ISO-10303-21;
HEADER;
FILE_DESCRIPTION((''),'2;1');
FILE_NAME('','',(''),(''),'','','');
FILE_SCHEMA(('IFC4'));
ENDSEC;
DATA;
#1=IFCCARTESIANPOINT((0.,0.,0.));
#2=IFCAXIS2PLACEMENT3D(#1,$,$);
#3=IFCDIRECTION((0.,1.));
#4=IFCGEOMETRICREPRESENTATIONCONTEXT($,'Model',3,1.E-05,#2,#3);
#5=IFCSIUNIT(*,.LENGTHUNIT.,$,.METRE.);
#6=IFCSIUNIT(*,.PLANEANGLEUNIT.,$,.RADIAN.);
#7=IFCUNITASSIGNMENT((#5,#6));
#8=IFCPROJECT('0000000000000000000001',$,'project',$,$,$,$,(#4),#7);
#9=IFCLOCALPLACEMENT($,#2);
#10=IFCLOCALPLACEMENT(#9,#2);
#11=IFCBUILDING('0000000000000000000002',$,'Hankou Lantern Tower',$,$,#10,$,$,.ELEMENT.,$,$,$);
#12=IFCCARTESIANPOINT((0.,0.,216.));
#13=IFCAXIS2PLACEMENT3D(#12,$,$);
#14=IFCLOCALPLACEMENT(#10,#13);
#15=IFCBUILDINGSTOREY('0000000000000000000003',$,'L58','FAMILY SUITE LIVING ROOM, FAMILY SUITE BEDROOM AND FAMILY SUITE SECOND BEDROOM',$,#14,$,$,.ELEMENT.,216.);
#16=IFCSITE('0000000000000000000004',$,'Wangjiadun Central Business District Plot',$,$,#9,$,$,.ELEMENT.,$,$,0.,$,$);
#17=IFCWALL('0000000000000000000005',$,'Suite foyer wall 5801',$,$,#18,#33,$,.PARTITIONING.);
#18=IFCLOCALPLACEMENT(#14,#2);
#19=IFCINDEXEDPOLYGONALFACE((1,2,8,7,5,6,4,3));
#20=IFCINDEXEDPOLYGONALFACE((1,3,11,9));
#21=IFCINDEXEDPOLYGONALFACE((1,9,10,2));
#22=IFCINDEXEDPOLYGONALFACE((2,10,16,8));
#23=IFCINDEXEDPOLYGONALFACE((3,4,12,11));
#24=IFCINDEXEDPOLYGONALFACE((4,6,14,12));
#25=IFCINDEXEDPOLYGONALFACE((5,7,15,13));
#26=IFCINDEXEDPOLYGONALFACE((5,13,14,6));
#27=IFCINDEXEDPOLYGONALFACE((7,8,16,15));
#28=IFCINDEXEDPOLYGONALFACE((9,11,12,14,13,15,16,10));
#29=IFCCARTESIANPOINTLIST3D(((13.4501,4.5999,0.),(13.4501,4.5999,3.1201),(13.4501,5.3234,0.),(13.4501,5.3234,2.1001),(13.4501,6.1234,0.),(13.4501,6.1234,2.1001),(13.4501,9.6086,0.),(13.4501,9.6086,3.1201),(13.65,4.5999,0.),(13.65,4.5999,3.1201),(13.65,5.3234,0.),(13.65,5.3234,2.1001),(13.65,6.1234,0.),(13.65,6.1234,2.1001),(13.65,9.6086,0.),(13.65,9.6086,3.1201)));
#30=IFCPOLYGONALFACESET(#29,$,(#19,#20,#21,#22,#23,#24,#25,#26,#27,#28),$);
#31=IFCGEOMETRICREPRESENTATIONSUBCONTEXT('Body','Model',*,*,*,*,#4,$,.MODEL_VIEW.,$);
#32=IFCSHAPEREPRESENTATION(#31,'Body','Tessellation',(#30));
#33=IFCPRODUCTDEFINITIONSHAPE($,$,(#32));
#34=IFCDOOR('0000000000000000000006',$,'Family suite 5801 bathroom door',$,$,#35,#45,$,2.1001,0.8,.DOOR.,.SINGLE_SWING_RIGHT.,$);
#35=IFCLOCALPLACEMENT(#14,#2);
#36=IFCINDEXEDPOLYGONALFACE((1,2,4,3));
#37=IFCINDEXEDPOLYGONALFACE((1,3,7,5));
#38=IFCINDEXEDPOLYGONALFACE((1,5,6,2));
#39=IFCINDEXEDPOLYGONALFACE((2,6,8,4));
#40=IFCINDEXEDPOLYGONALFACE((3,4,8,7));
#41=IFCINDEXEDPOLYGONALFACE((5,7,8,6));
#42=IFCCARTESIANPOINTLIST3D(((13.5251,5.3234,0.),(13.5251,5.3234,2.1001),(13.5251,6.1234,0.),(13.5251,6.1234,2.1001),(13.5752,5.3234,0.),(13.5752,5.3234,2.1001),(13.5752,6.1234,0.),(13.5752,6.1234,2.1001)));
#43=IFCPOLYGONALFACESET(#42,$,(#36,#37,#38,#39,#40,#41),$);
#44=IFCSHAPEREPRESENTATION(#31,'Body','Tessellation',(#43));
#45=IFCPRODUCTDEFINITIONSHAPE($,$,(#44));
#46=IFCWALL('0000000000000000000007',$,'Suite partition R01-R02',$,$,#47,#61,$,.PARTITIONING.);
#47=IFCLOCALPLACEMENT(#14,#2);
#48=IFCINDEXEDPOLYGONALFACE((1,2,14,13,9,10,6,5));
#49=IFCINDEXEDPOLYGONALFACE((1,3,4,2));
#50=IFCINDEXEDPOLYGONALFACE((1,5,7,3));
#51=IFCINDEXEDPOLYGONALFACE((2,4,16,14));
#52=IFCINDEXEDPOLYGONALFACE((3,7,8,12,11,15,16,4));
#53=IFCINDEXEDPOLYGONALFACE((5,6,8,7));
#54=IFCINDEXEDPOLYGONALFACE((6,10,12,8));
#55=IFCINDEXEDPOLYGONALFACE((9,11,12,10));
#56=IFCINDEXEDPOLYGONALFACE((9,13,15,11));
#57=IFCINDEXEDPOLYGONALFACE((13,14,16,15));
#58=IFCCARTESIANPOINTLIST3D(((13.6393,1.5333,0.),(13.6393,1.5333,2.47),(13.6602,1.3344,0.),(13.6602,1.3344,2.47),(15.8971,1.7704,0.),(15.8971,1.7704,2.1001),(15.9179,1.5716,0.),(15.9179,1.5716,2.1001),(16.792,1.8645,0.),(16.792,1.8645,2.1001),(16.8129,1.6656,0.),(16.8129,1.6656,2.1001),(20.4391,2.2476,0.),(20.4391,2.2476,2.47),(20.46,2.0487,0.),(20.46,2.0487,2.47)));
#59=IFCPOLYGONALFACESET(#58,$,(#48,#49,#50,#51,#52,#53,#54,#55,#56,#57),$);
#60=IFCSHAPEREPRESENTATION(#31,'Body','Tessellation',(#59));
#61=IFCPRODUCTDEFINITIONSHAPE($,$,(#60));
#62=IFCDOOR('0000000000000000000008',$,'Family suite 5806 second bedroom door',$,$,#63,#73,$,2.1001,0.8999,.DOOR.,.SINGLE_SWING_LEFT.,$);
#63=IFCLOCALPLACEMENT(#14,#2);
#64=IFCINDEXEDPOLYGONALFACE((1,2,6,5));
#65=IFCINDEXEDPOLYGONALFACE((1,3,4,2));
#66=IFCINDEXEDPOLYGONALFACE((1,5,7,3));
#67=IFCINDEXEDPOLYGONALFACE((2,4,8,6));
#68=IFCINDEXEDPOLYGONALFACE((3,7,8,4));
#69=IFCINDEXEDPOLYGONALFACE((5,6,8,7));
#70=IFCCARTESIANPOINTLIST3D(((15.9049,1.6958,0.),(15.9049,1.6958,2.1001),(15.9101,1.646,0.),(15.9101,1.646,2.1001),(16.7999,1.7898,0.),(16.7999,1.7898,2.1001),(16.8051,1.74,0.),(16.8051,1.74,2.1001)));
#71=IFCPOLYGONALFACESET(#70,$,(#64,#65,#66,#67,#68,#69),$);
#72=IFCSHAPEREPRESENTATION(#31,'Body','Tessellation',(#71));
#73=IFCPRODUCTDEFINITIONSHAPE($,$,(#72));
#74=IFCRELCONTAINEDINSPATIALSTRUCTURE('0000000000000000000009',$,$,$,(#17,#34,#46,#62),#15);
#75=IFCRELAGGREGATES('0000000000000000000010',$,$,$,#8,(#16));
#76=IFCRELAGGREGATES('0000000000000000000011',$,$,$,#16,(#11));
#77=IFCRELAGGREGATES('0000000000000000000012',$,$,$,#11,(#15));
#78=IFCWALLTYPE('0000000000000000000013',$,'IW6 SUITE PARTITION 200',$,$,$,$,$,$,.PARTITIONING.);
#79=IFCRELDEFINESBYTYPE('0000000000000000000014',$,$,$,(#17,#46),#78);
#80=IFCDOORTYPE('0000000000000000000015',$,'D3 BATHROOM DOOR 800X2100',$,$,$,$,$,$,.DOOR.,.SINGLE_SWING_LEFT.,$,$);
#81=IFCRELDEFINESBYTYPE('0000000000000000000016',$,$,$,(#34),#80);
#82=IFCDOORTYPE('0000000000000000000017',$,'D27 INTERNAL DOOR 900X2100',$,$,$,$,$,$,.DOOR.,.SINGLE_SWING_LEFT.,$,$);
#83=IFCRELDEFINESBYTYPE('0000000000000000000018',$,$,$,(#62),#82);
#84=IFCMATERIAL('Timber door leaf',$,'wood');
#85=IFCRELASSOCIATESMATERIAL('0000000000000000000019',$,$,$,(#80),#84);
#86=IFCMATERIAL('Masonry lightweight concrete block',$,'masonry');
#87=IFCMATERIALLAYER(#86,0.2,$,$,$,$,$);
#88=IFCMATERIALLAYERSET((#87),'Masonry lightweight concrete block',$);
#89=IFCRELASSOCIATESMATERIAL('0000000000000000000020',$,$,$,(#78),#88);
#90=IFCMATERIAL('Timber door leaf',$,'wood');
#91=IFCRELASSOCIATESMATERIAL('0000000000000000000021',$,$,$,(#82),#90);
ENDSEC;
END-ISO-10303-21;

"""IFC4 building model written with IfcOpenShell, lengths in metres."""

from ifc_helpers import new_model, si_unit, direction, frame, frame_2d, origin, place, context, subcontext, project, spatial, rectangle, extrude, material, layer, layer_set, type_object, element, fill, save


model = new_model("IFC4")

# Units and contexts
model_context = context("Model", 3, precision=1e-05, world=origin(), true_north=direction((0.0, 1.0)))
body_context = subcontext(model_context, "Body", "Model", "MODEL_VIEW")
ifc_project = project(units=[si_unit("LENGTHUNIT", "METRE"), si_unit("PLANEANGLEUNIT", "RADIAN")], contexts=[model_context])

# Site, building, storey
site_placement = place(None, origin())
site = spatial("IfcSite", under=ifc_project, at=site_placement, Name="Wangjiadun Central Business District Plot", CompositionType="ELEMENT", RefElevation=0.0)
building_placement = place(site_placement, origin())
building = spatial("IfcBuilding", under=site, at=building_placement, Name="Hankou Lantern Tower", CompositionType="ELEMENT")
storey_placement = place(building_placement, frame((0.0, 0.0, 216.0)))
storey = spatial("IfcBuildingStorey", under=building, at=storey_placement, Name="L58", Description="FAMILY SUITE LIVING ROOM, FAMILY SUITE BEDROOM AND FAMILY SUITE SECOND BEDROOM", CompositionType="ELEMENT", Elevation=216.0)

# Shared definitions
ifc_material_1 = material(Name="Timber door leaf", Category="wood")
door_type_1 = type_object("IfcDoorType", Name="D3 BATHROOM DOOR 800X2100", OperationType="SINGLE_SWING_LEFT", PredefinedType="DOOR", material=ifc_material_1)

# Walls, openings, doors
ifc_material_2 = material(Name="Masonry lightweight concrete block", Category="masonry")
ifc_layer_1 = layer(ifc_material_2, 0.2)
ifc_layer_set_1 = layer_set([ifc_layer_1], Name="Masonry lightweight concrete block")
wall_type_1 = type_object("IfcWallType", Name="IW6 SUITE PARTITION 200", PredefinedType="PARTITIONING", material=ifc_layer_set_1)
wall_1_placement = place(storey_placement, frame((13.55, 4.5999, 0.0), z_axis=(0.0, 0.0, 1.0), x_axis=(0.0, 1.0, 0.0)))
wall_1 = element("IfcWall", 1, at=wall_1_placement, inside=storey, type_object=wall_type_1, Name="Suite foyer wall 5801", PredefinedType="PARTITIONING", context=body_context, shape_type="SweptSolid", body=[
    extrude(rectangle(XDim=5.0088, YDim=0.2, at=frame_2d((2.5044, 0.0))), origin(), (0.0, 0.0, 1.0), 3.1201),
])
opening_1_placement = place(wall_1_placement, frame((0.7236, 0.0, 0.0)))
opening_1 = element("IfcOpeningElement", 2, at=opening_1_placement, cuts=wall_1, PredefinedType="OPENING", context=body_context, shape_type="SweptSolid", body=[
    extrude(rectangle(XDim=0.8, YDim=2.1001, at=frame_2d((0.3999, 1.05))), frame((0.0, 0.1099, 0.0), z_axis=(0.0, -1.0, 0.0), x_axis=(1.0, 0.0, 0.0)), (0.0, 0.0, 1.0), 0.22),
])
door_1_placement = place(opening_1_placement, origin())
door_1 = element("IfcDoor", 3, at=door_1_placement, inside=storey, type_object=door_type_1, Name="Family suite 5801 bathroom door", OperationType="SINGLE_SWING_RIGHT", OverallHeight=2.1001, OverallWidth=0.8, PredefinedType="DOOR", context=body_context, shape_type="SweptSolid", body=[
    extrude(rectangle(XDim=0.8, YDim=2.1001, at=frame_2d((0.3999, 1.05))), frame((0.0, 0.0249, 0.0), z_axis=(0.0, -1.0, 0.0), x_axis=(1.0, 0.0, 0.0)), (0.0, 0.0, 1.0), 0.05),
])
fill(opening_1, door_1)
wall_2_placement = place(storey_placement, frame((13.6499, 1.4338, 0.0), z_axis=(0.0, 0.0, 1.0), x_axis=(0.994527, 0.10448, 0.0)))
wall_2 = element("IfcWall", 4, at=wall_2_placement, inside=storey, type_object=wall_type_1, Name="Suite partition R01-R02", PredefinedType="PARTITIONING", context=body_context, shape_type="SweptSolid", body=[
    extrude(rectangle(XDim=6.8372, YDim=0.2, at=frame_2d((3.4185, 0.0))), origin(), (0.0, 0.0, 1.0), 2.47),
])
opening_2_placement = place(wall_2_placement, frame((2.27, 0.0, 0.0)))
opening_2 = element("IfcOpeningElement", 5, at=opening_2_placement, cuts=wall_2, PredefinedType="OPENING", context=body_context, shape_type="SweptSolid", body=[
    extrude(rectangle(XDim=0.8999, YDim=2.1001, at=frame_2d((0.45, 1.05))), frame((0.0, 0.1099, 0.0), z_axis=(0.0, -1.0, 0.0), x_axis=(1.0, 0.0, 0.0)), (0.0, 0.0, 1.0), 0.22),
])
ifc_material_3 = material(Name="Timber door leaf", Category="wood")
door_type_2 = type_object("IfcDoorType", Name="D27 INTERNAL DOOR 900X2100", OperationType="SINGLE_SWING_LEFT", PredefinedType="DOOR", material=ifc_material_3)
door_2_placement = place(opening_2_placement, origin())
door_2 = element("IfcDoor", 6, at=door_2_placement, inside=storey, type_object=door_type_2, Name="Family suite 5806 second bedroom door", OperationType="SINGLE_SWING_LEFT", OverallHeight=2.1001, OverallWidth=0.8999, PredefinedType="DOOR", context=body_context, shape_type="SweptSolid", body=[
    extrude(rectangle(XDim=0.8999, YDim=2.1001, at=frame_2d((0.45, 1.05))), frame((0.0, 0.0249, 0.0), z_axis=(0.0, -1.0, 0.0), x_axis=(1.0, 0.0, 0.0)), (0.0, 0.0, 1.0), 0.05),
])
fill(opening_2, door_2)

save(model, "model.ifc")
